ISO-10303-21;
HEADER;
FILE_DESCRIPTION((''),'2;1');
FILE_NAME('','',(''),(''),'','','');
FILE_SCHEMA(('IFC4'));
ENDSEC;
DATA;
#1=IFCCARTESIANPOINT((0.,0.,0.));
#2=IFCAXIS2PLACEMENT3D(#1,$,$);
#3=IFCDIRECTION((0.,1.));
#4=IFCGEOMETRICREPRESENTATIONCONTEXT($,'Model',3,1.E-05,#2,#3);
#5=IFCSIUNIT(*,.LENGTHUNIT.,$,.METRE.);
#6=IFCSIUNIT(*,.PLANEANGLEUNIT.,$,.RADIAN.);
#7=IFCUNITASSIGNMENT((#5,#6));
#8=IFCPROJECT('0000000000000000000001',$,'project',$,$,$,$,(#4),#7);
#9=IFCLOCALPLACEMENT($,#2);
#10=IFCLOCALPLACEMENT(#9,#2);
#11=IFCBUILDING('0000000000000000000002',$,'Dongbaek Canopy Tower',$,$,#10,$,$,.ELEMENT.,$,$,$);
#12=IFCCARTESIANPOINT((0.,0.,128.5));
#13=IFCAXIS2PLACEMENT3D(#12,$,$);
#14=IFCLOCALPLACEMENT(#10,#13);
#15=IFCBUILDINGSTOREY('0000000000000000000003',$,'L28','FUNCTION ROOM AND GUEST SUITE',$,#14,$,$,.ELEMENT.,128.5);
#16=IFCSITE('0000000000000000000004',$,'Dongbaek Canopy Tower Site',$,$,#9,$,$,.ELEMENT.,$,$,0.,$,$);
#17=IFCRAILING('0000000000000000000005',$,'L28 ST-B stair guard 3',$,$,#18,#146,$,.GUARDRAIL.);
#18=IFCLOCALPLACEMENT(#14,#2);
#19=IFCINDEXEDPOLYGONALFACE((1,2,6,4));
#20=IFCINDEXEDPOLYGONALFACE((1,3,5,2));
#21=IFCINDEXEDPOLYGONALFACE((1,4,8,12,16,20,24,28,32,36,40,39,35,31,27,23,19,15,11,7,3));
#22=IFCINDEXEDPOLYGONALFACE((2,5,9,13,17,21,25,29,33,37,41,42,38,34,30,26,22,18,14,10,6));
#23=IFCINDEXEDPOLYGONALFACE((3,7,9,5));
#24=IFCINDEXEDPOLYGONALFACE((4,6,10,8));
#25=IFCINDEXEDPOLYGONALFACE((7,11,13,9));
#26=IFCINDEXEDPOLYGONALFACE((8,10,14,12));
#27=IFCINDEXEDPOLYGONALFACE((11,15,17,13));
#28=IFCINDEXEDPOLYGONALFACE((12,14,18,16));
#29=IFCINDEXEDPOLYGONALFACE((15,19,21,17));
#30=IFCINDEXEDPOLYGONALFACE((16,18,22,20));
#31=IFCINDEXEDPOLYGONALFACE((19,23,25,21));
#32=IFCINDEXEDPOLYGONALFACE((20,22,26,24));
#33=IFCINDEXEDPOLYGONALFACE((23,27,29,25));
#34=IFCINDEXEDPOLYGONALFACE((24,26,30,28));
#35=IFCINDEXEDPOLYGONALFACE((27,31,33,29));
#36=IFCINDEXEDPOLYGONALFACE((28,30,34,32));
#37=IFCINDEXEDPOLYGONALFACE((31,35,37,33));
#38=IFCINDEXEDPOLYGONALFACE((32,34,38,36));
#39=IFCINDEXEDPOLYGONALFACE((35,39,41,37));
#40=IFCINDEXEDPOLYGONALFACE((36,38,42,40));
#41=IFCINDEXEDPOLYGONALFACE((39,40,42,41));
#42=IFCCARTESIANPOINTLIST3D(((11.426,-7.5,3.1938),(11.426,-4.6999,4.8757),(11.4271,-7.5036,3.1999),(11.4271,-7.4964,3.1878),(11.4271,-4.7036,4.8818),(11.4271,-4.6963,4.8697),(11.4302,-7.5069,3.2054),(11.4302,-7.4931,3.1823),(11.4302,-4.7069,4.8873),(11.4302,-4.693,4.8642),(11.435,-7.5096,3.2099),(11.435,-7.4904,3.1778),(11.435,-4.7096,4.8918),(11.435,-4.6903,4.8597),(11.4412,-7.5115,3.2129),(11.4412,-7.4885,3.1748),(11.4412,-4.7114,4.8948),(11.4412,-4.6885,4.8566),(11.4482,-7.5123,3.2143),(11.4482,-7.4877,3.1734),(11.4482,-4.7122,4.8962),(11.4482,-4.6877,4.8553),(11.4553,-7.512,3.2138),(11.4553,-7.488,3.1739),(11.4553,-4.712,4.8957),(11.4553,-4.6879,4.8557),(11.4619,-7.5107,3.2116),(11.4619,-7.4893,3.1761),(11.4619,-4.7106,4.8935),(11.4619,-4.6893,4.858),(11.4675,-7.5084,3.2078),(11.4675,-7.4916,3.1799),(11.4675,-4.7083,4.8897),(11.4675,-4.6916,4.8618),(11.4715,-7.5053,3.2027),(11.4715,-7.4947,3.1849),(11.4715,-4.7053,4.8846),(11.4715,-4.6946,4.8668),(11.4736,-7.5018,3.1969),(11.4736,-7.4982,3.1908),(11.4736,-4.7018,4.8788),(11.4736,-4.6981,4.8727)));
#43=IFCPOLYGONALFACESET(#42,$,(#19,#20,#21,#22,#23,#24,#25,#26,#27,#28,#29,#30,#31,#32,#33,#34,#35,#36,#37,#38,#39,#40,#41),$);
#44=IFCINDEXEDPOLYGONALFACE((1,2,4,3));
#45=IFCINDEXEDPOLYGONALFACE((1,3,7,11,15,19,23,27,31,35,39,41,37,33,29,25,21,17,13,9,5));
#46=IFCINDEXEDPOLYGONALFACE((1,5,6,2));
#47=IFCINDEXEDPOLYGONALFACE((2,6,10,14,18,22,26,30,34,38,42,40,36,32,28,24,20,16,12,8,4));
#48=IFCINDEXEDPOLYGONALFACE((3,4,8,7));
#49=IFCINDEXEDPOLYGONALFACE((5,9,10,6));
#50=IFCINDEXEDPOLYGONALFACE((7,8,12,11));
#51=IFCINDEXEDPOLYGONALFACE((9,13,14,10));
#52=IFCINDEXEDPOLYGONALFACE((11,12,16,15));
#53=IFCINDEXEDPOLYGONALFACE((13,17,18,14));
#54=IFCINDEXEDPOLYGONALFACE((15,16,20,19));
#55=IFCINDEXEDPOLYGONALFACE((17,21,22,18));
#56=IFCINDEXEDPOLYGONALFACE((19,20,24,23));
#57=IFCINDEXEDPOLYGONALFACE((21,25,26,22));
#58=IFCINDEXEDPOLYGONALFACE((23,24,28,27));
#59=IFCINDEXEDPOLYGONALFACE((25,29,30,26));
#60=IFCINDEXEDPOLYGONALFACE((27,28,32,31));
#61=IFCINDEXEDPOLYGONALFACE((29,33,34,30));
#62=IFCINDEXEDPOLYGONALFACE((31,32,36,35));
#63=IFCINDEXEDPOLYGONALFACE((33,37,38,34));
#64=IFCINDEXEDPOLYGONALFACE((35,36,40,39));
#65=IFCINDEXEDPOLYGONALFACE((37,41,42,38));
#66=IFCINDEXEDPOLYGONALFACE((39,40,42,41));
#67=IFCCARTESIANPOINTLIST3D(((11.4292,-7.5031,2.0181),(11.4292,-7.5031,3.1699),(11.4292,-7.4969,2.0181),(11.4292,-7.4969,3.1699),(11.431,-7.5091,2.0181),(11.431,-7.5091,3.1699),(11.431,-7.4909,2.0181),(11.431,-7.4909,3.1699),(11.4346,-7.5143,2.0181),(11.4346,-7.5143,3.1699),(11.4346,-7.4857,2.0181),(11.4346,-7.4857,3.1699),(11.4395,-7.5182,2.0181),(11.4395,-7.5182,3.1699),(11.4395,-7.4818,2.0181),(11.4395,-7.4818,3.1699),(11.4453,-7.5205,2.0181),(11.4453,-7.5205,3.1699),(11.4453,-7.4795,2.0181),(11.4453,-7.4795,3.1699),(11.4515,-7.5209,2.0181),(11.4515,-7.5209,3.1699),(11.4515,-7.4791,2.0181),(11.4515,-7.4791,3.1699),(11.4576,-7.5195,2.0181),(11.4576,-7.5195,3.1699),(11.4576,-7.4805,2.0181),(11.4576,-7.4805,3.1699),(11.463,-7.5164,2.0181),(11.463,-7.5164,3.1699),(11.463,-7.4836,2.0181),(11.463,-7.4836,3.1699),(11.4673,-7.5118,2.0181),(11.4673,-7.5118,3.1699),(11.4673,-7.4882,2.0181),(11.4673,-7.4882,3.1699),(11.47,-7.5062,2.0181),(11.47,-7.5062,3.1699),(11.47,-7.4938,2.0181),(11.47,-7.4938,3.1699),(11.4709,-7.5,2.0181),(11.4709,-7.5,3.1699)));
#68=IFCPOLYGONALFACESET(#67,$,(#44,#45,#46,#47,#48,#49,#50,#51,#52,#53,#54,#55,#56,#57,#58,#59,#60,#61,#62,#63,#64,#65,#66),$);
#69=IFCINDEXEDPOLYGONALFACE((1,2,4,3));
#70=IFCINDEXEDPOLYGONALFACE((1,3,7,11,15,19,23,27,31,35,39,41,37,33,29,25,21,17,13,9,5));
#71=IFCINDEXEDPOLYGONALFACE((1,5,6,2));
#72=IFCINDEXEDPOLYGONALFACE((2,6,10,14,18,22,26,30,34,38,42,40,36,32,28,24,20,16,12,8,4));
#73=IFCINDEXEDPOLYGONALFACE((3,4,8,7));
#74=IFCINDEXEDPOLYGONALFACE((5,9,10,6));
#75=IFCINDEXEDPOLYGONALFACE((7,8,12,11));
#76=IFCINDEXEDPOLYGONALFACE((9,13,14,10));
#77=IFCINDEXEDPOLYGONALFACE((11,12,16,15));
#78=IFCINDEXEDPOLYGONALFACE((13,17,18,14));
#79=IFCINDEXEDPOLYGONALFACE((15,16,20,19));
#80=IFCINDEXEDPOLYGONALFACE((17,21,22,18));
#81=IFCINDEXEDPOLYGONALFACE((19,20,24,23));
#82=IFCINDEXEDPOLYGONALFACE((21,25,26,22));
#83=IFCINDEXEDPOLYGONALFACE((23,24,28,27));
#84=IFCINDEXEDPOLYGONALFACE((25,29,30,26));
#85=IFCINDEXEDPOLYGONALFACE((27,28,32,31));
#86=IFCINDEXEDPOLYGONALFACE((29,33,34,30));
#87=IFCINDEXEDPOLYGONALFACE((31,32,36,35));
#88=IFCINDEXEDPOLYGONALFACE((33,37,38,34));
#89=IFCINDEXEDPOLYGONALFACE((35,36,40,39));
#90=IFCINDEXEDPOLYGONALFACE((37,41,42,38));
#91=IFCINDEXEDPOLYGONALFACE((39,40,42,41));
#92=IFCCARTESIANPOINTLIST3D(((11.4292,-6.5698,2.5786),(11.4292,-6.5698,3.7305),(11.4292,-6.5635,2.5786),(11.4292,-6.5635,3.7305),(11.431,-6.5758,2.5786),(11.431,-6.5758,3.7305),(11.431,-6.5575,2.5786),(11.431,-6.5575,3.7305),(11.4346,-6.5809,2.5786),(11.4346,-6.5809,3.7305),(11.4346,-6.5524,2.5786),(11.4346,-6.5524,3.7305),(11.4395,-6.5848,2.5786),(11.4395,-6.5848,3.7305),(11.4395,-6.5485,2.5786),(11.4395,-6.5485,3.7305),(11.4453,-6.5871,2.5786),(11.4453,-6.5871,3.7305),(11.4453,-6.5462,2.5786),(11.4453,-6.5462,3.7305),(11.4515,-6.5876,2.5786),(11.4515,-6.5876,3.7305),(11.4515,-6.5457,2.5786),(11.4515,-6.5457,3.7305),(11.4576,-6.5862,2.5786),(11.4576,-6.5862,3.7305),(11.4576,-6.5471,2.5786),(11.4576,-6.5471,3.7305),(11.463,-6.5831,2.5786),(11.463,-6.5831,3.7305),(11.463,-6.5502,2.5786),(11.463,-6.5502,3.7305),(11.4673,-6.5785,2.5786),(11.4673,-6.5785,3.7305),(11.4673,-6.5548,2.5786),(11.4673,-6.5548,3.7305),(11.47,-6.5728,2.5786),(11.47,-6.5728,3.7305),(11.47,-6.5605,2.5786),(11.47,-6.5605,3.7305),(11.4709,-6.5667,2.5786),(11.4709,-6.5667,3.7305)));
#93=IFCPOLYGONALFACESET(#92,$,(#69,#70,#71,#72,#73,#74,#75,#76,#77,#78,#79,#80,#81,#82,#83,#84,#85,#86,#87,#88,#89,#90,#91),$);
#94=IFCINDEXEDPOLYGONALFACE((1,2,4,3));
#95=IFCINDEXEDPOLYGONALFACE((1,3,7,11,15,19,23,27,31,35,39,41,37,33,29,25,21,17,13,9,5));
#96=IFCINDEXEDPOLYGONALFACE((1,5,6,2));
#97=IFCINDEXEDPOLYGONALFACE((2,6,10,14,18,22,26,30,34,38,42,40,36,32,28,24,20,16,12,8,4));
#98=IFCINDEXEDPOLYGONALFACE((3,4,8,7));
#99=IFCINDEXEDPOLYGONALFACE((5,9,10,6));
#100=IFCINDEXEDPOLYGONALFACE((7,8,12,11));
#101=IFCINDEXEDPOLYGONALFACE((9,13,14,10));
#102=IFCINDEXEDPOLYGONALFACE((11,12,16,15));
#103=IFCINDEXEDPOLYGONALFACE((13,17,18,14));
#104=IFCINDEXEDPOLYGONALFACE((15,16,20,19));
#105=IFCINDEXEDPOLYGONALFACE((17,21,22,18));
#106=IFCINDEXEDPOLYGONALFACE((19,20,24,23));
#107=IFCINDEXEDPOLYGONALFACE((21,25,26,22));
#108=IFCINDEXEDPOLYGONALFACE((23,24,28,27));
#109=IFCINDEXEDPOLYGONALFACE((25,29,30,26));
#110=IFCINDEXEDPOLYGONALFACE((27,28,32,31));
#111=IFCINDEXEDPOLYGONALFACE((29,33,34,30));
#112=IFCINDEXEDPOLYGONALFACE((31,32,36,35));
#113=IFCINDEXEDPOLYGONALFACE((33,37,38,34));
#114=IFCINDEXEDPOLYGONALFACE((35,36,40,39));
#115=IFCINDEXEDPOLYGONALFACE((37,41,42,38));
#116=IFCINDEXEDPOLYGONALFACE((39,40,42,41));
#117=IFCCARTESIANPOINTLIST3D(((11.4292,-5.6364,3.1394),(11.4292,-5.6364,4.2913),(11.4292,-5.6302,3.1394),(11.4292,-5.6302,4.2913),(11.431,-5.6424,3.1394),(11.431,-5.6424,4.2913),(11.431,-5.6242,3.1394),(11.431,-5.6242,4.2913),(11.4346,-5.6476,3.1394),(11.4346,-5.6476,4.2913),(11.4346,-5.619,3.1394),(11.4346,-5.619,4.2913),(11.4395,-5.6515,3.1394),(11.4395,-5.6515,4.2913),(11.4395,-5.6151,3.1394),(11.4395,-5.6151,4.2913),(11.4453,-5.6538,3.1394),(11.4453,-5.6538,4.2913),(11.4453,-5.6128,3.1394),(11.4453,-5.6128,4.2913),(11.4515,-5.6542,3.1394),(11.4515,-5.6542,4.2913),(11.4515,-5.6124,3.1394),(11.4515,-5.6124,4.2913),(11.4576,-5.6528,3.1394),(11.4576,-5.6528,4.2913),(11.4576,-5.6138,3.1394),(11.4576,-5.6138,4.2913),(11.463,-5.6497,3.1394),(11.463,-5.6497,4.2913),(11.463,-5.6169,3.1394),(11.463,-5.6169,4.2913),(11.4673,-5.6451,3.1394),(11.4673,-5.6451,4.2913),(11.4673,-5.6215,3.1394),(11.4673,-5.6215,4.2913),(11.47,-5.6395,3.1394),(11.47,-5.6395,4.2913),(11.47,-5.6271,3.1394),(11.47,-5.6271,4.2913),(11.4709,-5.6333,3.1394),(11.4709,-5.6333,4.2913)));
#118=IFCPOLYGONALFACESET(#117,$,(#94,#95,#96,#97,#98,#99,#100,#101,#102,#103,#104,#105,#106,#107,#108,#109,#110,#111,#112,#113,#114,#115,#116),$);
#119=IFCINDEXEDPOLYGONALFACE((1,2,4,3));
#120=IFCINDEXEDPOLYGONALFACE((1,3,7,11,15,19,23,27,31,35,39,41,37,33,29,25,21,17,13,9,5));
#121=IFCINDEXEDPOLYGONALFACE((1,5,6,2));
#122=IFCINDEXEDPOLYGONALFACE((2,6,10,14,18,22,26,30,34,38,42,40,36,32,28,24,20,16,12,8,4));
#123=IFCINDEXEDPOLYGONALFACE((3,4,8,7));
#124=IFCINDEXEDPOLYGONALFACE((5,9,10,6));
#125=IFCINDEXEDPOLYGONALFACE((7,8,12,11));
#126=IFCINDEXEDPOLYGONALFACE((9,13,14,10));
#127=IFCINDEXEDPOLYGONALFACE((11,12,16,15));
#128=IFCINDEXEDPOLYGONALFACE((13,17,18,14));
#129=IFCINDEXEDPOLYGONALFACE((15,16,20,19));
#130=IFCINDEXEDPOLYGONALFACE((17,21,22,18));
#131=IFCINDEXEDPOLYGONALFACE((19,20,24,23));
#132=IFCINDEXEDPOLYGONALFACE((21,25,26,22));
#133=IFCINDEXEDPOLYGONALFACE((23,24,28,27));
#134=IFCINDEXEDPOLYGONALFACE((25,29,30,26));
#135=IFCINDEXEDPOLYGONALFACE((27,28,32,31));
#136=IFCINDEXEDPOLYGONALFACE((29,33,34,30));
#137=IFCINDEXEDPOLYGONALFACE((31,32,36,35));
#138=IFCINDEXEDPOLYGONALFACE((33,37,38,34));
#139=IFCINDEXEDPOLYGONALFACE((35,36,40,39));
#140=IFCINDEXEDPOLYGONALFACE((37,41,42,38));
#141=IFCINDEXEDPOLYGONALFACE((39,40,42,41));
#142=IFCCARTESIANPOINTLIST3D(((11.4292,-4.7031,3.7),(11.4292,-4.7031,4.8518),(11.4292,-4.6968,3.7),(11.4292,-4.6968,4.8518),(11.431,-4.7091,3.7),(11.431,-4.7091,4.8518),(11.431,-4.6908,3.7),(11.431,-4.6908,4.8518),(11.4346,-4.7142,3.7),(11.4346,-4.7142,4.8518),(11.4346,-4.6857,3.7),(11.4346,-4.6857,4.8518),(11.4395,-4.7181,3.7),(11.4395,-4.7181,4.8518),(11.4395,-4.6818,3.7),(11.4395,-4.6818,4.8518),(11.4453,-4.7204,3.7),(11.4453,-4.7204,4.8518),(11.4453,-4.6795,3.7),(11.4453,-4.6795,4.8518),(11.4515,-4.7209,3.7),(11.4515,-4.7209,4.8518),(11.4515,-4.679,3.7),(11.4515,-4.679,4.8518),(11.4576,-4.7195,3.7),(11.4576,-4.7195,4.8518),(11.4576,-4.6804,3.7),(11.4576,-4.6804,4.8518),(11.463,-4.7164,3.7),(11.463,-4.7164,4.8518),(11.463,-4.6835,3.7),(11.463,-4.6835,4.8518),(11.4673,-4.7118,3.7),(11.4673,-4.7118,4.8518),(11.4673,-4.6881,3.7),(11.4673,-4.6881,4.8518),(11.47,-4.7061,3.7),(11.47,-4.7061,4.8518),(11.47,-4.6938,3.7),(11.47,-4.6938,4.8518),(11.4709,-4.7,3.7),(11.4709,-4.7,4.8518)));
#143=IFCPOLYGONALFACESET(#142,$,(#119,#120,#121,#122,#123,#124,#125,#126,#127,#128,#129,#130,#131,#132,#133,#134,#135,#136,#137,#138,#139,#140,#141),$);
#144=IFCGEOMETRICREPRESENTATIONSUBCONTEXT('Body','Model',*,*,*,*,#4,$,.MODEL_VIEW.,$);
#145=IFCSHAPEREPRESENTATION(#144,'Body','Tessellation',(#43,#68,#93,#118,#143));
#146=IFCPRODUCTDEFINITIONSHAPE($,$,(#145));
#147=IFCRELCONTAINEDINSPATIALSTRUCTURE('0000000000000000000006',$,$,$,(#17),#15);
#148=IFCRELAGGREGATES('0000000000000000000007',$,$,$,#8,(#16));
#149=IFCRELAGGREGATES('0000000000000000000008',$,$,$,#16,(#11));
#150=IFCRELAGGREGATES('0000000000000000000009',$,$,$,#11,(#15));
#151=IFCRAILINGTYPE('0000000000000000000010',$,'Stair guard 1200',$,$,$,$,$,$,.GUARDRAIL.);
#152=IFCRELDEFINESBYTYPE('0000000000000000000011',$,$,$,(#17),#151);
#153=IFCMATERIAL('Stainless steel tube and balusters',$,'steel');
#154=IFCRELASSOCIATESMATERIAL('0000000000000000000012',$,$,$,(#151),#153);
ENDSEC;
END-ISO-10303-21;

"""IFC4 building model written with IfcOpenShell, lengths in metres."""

from ifc_helpers import new_model, si_unit, direction, frame, origin, origin_2d, place, context, subcontext, project, spatial, circle, extrude, material, type_object, element, save


model = new_model("IFC4")

# Units and contexts
model_context = context("Model", 3, precision=1e-05, world=origin(), true_north=direction((0.0, 1.0)))
body_context = subcontext(model_context, "Body", "Model", "MODEL_VIEW")
ifc_project = project(units=[si_unit("LENGTHUNIT", "METRE"), si_unit("PLANEANGLEUNIT", "RADIAN")], contexts=[model_context])

# Site, building, storey
site_placement = place(None, origin())
site = spatial("IfcSite", under=ifc_project, at=site_placement, Name="Dongbaek Canopy Tower Site", CompositionType="ELEMENT", RefElevation=0.0)
building_placement = place(site_placement, origin())
building = spatial("IfcBuilding", under=site, at=building_placement, Name="Dongbaek Canopy Tower", CompositionType="ELEMENT")
storey_placement = place(building_placement, frame((0.0, 0.0, 128.5)))
storey = spatial("IfcBuildingStorey", under=building, at=storey_placement, Name="L28", Description="FUNCTION ROOM AND GUEST SUITE", CompositionType="ELEMENT", Elevation=128.5)

# Railing
ifc_material_1 = material(Name="Stainless steel tube and balusters", Category="steel")
railing_type_1 = type_object("IfcRailingType", Name="Stair guard 1200", PredefinedType="GUARDRAIL", material=ifc_material_1)
railing_1_placement = place(storey_placement, frame((11.45, -7.5, 2.0181)))
element("IfcRailing", 1, at=railing_1_placement, inside=storey, type_object=railing_type_1, Name="L28 ST-B stair guard 3", PredefinedType="GUARDRAIL", context=body_context, shape_type="SweptSolid", body=[
    extrude(circle(Radius=0.0239, at=origin_2d()), frame((0.0, 0.0, 1.1758), z_axis=(0.0, 0.857242, 0.514913), x_axis=(-1.0, 0.0, 0.0)), (0.0, 0.0, 1.0), 3.2664),
    extrude(circle(Radius=0.021, at=origin_2d()), origin(), (0.0, 0.0, 1.0), 1.1519),
    extrude(circle(Radius=0.021, at=origin_2d()), frame((0.0, 0.9333, 0.5605)), (0.0, 0.0, 1.0), 1.1519),
    extrude(circle(Radius=0.021, at=origin_2d()), frame((0.0, 1.8667, 1.1213)), (0.0, 0.0, 1.0), 1.1519),
    extrude(circle(Radius=0.021, at=origin_2d()), frame((0.0, 2.8, 1.6819)), (0.0, 0.0, 1.0), 1.1519),
])

save(model, "model.ifc")
